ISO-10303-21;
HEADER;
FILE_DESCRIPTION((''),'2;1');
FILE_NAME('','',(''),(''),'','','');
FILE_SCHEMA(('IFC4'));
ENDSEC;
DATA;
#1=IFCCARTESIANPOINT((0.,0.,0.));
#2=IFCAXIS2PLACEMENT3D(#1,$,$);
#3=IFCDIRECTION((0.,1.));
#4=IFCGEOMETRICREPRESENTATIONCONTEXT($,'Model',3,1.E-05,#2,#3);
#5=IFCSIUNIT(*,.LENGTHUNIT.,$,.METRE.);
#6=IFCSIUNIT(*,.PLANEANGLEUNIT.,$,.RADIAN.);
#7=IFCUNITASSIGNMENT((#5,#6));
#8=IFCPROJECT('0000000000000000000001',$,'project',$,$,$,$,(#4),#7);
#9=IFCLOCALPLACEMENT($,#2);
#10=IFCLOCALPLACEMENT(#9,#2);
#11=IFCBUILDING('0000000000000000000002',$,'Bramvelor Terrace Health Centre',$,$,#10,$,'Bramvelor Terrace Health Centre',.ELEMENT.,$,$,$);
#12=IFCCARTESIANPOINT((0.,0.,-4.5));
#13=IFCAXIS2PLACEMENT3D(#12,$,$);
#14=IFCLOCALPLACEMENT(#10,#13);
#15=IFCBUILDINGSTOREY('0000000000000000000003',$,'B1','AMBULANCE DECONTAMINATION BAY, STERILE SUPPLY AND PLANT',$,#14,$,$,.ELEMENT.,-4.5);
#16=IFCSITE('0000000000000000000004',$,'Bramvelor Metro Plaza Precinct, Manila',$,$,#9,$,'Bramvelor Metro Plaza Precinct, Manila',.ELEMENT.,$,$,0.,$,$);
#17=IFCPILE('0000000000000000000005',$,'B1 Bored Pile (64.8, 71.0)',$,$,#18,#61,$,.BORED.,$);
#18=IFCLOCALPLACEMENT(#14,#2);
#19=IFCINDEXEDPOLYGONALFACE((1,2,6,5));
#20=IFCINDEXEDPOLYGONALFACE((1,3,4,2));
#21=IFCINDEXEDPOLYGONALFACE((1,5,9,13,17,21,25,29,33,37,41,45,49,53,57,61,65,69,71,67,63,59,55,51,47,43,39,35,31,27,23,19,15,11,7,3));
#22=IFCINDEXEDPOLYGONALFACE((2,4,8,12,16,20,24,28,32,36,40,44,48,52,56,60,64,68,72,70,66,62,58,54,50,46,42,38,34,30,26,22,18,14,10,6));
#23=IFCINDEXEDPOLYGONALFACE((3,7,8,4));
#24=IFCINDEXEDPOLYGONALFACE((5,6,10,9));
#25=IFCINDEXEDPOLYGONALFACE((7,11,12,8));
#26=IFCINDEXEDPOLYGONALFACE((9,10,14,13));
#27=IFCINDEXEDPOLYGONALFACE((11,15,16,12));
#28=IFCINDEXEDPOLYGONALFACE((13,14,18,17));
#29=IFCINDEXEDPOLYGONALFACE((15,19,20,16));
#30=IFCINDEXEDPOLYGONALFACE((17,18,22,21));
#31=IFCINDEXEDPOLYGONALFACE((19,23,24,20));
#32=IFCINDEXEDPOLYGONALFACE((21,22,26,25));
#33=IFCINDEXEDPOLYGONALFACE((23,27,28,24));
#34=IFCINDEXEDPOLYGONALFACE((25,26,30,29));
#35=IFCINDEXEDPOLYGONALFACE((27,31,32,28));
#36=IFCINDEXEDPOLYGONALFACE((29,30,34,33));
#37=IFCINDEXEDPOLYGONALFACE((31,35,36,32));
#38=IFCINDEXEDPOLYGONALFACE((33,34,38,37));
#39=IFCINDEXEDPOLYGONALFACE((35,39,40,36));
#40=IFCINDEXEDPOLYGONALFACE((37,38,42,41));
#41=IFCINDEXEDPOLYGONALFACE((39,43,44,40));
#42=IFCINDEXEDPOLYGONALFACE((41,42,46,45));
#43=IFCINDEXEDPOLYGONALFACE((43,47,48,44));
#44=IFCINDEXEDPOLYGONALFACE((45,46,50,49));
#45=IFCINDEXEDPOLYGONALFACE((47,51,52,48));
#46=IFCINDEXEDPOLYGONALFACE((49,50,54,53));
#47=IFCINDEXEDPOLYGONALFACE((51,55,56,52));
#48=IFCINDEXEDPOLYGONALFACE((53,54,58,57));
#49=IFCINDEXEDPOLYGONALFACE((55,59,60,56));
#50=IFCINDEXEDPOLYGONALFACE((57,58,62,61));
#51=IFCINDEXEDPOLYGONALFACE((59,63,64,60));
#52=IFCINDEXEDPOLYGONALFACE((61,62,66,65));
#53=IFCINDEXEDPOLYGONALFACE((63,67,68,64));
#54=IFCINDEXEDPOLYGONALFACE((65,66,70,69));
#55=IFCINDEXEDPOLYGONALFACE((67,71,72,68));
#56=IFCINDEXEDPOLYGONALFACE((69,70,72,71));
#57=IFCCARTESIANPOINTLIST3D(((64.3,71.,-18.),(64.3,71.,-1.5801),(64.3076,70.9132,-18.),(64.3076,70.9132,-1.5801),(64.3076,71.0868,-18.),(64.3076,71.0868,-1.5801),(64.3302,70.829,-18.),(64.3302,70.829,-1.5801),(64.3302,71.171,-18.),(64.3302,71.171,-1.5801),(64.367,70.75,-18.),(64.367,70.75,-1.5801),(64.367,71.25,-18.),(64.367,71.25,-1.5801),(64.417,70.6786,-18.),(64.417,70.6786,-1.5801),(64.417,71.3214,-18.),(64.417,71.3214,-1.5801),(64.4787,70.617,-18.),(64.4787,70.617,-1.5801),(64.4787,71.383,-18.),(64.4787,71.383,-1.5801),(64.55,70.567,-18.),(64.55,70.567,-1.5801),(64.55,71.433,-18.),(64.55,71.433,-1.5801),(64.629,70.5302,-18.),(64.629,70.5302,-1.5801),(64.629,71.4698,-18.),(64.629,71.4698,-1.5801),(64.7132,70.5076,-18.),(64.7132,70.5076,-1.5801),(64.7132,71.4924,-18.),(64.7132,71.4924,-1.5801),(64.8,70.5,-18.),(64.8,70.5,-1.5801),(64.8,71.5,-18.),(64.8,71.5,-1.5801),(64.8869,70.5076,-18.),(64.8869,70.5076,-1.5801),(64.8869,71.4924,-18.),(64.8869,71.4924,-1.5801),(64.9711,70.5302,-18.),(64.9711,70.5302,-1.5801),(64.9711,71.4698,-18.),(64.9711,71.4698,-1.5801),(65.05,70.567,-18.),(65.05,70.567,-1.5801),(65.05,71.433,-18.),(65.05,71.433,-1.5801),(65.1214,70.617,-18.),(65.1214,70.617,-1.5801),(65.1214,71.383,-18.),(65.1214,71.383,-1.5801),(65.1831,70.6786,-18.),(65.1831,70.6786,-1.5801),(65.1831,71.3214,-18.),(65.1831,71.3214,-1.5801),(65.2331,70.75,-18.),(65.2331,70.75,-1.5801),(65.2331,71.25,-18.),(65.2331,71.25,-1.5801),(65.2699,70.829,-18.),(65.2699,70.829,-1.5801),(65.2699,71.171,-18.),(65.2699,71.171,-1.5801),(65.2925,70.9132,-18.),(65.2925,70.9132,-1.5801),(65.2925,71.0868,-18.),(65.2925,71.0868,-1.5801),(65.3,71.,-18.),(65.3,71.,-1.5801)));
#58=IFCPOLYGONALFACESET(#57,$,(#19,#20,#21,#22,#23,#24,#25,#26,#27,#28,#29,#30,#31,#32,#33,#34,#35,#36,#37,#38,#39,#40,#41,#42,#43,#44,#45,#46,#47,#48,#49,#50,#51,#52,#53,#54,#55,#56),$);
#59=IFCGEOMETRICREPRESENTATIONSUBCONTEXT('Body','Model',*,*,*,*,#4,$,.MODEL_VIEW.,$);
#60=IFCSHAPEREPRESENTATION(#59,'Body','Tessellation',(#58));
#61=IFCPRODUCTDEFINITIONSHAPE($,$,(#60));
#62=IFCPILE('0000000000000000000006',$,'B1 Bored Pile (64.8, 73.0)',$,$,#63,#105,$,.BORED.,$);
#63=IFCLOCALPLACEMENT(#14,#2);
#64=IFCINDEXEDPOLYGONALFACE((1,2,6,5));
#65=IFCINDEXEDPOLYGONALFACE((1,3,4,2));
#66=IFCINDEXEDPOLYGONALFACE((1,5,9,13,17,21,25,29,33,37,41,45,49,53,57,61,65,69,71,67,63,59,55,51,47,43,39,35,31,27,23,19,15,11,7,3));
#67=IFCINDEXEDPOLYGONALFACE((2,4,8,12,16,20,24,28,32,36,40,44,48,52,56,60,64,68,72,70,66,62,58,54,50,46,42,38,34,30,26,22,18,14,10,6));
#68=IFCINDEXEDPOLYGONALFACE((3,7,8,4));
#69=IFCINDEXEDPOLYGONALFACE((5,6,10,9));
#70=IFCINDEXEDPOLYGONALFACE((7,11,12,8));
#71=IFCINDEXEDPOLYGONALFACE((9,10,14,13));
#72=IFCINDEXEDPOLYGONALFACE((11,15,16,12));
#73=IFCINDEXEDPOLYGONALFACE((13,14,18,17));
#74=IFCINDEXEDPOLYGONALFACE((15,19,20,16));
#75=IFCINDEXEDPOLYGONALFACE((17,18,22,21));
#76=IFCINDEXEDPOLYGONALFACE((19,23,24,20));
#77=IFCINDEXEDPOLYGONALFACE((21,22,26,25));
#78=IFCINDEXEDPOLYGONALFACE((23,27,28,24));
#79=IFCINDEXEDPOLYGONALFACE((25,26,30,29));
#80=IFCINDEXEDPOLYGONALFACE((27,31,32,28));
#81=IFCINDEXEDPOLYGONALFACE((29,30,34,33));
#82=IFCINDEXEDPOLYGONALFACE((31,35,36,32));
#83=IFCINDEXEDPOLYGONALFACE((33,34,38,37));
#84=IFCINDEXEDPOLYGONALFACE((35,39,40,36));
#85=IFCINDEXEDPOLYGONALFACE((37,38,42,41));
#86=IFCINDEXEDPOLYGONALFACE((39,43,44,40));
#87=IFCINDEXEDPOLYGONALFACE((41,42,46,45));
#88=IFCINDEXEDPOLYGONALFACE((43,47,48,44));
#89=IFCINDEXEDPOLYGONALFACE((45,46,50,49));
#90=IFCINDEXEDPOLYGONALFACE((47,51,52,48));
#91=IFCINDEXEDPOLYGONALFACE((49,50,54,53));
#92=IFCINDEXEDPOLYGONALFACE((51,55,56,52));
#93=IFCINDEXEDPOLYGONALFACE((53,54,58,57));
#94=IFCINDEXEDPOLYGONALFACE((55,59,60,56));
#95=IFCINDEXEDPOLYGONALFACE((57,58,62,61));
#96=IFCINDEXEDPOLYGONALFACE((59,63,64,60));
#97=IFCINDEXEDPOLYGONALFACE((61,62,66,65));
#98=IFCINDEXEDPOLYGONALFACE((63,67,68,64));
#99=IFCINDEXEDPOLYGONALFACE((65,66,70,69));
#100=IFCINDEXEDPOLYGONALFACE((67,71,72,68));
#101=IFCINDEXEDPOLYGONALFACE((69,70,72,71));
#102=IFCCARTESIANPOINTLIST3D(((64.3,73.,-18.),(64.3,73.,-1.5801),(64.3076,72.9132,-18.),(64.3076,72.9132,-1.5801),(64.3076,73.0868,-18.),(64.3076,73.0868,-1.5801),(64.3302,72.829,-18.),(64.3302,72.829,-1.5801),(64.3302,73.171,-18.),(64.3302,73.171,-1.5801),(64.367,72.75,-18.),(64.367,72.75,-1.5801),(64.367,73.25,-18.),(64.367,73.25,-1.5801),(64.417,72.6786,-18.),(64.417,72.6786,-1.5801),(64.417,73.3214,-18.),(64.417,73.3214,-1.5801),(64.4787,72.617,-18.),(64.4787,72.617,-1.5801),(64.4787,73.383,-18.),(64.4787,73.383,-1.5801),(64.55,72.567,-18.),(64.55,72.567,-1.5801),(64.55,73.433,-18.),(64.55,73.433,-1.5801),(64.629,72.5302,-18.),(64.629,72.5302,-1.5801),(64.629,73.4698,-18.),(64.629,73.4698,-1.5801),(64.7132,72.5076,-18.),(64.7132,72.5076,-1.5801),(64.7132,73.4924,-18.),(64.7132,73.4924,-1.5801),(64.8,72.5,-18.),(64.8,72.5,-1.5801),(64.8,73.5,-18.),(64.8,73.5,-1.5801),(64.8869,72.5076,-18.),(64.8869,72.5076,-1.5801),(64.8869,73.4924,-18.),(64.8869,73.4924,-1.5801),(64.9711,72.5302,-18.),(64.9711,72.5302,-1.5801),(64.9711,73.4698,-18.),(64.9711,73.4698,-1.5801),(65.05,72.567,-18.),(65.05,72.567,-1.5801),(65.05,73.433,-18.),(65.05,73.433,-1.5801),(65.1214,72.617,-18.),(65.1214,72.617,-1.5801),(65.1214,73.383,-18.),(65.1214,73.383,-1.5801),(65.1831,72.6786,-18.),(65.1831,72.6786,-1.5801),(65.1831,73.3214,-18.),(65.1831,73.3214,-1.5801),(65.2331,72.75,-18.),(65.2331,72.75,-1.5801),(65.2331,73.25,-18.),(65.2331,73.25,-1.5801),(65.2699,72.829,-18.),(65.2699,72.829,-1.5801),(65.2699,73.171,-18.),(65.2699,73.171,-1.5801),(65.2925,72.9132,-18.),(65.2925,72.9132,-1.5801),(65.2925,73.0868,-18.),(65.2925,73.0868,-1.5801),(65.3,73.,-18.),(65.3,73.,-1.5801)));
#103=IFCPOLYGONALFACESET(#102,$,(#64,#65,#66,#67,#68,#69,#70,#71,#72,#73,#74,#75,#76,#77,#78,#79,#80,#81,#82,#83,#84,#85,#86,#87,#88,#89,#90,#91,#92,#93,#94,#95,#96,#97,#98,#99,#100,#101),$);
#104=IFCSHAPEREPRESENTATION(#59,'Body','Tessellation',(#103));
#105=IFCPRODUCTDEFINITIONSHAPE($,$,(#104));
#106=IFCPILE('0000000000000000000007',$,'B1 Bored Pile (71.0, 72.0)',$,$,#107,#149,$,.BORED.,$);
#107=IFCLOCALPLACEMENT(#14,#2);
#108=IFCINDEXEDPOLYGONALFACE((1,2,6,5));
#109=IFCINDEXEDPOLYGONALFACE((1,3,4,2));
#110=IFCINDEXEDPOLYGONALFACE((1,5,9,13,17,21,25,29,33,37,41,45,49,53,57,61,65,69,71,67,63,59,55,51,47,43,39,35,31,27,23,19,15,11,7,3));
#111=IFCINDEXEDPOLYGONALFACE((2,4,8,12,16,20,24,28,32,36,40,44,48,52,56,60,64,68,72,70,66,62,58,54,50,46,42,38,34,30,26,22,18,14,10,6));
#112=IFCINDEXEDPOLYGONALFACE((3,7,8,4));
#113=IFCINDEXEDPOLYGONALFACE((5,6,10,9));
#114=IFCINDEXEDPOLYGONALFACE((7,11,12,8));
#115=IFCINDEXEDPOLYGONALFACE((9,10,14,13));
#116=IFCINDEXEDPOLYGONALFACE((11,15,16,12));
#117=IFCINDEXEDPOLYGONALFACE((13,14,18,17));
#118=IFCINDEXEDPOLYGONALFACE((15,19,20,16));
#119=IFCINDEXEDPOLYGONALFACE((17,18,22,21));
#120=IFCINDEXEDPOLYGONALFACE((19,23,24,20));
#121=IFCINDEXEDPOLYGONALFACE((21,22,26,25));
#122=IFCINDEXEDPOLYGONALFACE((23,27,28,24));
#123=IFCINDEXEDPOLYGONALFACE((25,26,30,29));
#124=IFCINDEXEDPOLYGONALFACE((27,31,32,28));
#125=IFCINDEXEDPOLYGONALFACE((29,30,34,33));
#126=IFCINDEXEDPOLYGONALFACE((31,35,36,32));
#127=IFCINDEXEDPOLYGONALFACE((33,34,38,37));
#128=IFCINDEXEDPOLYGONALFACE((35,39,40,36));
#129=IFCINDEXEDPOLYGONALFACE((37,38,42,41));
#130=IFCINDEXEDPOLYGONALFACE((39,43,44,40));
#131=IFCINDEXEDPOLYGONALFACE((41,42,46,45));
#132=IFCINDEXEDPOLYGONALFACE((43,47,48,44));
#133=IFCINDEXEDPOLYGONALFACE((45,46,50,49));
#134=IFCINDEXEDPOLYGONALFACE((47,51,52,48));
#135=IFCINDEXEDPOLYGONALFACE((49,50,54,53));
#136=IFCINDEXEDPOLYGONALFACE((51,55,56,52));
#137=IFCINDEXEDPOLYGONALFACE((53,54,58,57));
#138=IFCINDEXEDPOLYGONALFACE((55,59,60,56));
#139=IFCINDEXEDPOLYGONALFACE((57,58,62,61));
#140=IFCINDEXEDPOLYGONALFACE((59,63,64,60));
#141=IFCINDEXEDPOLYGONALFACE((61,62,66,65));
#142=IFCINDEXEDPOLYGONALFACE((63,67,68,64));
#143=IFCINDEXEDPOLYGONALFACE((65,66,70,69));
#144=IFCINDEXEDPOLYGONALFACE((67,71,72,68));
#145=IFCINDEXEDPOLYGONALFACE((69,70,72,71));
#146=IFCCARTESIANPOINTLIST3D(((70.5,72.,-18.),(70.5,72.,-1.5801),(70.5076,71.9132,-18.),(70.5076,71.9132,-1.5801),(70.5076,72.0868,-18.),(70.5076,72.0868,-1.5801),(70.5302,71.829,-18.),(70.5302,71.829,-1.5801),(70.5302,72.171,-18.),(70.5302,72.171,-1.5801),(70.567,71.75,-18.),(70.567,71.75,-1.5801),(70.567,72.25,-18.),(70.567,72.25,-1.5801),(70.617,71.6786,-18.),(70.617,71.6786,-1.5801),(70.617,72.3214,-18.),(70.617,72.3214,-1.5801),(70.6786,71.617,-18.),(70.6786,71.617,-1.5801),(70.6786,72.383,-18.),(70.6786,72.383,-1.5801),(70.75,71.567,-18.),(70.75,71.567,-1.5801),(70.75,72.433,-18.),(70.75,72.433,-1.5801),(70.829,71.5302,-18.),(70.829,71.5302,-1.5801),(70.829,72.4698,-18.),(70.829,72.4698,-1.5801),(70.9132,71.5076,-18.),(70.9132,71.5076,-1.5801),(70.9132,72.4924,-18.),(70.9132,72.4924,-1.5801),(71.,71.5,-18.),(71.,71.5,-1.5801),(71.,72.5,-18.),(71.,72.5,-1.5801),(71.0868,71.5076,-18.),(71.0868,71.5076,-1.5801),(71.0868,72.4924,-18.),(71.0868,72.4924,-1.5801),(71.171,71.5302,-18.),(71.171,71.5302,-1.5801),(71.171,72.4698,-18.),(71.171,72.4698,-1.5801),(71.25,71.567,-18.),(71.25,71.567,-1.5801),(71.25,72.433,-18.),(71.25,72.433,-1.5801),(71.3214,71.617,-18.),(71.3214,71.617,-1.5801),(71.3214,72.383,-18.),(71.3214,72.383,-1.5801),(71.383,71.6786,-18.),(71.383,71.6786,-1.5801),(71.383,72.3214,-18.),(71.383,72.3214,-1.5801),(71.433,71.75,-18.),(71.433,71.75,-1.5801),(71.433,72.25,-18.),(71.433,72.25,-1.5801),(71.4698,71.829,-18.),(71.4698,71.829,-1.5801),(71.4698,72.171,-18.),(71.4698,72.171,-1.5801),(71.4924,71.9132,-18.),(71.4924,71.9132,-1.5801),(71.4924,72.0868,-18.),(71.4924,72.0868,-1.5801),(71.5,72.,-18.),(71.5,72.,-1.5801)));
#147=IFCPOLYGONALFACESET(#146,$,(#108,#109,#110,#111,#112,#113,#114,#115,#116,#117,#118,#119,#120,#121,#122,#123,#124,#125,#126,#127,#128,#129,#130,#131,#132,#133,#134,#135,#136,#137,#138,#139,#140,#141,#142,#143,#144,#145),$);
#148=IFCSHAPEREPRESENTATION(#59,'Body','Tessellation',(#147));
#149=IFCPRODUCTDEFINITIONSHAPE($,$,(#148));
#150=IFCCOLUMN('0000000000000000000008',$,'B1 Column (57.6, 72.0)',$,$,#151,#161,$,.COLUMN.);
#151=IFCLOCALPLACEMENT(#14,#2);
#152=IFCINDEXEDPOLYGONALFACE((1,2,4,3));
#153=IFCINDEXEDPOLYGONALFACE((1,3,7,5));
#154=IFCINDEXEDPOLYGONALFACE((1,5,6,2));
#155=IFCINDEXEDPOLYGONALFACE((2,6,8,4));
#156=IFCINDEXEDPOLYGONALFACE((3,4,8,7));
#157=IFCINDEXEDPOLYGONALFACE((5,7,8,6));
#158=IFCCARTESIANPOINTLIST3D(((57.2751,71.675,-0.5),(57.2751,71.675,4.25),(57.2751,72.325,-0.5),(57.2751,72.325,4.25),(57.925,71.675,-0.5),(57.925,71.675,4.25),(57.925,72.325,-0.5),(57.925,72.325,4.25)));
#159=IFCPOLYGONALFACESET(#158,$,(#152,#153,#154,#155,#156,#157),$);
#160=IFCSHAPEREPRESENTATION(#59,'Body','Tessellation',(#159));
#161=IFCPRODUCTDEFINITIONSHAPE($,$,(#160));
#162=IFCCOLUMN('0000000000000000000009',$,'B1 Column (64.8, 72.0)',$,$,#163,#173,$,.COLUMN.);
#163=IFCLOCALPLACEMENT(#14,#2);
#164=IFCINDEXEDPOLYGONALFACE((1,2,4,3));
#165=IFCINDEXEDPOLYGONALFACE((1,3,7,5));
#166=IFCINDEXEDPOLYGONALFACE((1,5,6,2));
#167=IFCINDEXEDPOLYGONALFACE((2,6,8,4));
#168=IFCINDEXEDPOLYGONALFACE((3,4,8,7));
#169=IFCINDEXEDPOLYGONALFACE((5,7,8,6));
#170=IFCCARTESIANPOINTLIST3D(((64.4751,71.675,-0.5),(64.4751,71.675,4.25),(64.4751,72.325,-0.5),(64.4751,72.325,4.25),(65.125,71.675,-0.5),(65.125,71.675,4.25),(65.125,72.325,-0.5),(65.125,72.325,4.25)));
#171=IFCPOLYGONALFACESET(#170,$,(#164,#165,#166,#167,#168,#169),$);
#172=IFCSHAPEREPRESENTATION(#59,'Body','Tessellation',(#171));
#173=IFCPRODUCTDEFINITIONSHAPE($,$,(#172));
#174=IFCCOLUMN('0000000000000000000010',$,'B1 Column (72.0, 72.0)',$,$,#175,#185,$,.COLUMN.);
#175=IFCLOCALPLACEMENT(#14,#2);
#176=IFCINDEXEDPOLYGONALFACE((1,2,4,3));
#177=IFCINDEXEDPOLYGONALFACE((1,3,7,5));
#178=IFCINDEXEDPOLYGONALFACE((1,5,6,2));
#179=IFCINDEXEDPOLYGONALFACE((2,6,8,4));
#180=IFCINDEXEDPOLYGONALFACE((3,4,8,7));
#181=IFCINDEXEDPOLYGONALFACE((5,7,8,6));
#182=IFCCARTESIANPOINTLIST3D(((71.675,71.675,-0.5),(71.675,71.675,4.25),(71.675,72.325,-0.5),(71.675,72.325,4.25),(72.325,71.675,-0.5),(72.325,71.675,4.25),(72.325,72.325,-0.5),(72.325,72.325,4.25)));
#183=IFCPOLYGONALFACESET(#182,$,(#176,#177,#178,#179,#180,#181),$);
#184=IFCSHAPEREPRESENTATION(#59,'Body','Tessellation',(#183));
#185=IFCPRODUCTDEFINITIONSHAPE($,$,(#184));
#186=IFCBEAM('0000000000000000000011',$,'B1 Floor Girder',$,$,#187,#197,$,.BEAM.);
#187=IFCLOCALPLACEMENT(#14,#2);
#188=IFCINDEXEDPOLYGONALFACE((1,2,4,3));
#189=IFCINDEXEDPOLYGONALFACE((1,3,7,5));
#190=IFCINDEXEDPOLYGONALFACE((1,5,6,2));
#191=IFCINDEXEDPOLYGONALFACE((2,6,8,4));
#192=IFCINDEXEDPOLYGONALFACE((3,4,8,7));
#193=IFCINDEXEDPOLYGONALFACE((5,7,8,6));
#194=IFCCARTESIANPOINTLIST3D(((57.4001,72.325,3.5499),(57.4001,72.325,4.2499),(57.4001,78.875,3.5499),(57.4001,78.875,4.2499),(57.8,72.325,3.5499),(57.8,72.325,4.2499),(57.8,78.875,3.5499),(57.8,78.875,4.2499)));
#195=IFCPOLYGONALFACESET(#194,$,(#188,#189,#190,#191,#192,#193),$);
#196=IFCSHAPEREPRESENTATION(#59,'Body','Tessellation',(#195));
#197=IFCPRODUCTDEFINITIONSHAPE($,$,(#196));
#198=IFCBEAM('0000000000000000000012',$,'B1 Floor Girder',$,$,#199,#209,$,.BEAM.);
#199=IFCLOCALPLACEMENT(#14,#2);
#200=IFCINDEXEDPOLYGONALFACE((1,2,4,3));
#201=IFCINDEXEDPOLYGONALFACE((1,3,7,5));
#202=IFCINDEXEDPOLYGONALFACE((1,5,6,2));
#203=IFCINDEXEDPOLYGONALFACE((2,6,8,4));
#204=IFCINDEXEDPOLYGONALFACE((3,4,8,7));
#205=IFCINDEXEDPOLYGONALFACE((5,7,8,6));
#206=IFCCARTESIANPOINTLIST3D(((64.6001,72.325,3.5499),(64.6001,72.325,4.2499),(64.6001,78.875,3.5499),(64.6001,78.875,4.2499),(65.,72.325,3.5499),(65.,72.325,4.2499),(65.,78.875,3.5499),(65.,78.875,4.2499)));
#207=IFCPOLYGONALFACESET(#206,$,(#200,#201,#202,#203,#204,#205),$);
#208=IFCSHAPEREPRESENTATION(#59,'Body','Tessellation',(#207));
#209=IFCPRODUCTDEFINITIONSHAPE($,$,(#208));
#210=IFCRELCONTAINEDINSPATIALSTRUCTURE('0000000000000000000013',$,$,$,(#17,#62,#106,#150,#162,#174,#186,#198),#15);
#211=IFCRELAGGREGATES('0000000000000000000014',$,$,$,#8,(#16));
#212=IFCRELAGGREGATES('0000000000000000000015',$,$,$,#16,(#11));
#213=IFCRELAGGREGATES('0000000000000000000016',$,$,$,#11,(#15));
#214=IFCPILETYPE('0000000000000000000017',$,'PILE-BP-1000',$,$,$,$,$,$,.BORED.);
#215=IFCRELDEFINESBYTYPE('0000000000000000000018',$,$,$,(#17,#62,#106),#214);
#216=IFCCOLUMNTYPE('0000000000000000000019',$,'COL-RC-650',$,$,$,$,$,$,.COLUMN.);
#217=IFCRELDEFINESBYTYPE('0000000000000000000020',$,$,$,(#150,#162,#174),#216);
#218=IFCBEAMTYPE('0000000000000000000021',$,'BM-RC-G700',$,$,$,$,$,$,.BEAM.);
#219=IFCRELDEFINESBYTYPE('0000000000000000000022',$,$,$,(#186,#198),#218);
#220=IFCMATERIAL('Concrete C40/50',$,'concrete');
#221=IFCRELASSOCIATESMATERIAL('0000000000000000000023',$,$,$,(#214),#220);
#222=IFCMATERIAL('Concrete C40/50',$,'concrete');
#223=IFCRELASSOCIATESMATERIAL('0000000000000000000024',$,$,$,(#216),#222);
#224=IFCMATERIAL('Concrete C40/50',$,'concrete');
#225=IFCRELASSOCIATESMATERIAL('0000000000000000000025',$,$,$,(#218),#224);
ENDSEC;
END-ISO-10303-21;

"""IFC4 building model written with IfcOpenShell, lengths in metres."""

from ifc_helpers import new_model, si_unit, direction, frame, origin, origin_2d, place, context, subcontext, project, spatial, rectangle, circle, extrude, material, material_profile, profile_set, type_object, element, save


model = new_model("IFC4")

# Units and contexts
model_context = context("Model", 3, precision=1e-05, world=origin(), true_north=direction((0.0, 1.0)))
body_context = subcontext(model_context, "Body", "Model", "MODEL_VIEW")
ifc_project = project(units=[si_unit("LENGTHUNIT", "METRE"), si_unit("PLANEANGLEUNIT", "RADIAN")], contexts=[model_context])

# Site, building, storey
site_placement = place(None, origin())
site = spatial("IfcSite", under=ifc_project, at=site_placement, Name="Bramvelor Metro Plaza Precinct, Manila", LongName="Bramvelor Metro Plaza Precinct, Manila", CompositionType="ELEMENT", RefElevation=0.0)
building_placement = place(site_placement, origin())
building = spatial("IfcBuilding", under=site, at=building_placement, Name="Bramvelor Terrace Health Centre", LongName="Bramvelor Terrace Health Centre", CompositionType="ELEMENT")
storey_placement = place(building_placement, frame((0.0, 0.0, -4.5)))
storey = spatial("IfcBuildingStorey", under=building, at=storey_placement, Name="B1", Description="AMBULANCE DECONTAMINATION BAY, STERILE SUPPLY AND PLANT", CompositionType="ELEMENT", Elevation=-4.5)

# Piles
ifc_material_1 = material(Name="Concrete C40/50", Category="concrete")
ifc_material_profile_1 = material_profile(ifc_material_1, circle(Radius=0.5, at=origin_2d()), Name="BP D1000")
ifc_profile_set_1 = profile_set([ifc_material_profile_1], Name="Concrete C40/50")
pile_type = type_object("IfcPileType", Name="PILE-BP-1000", PredefinedType="BORED", material=ifc_profile_set_1)
for number, where, z_axis, x_axis, name in (
    (1, (64.8, 71.0, -1.5801), (0.0, 0.0, -1.0), (1.0, 0.0, 0.0), "B1 Bored Pile (64.8, 71.0)"),
    (2, (64.8, 73.0, -1.5801), (0.0, 0.0, -1.0), (1.0, 0.0, 0.0), "B1 Bored Pile (64.8, 73.0)"),
    (3, (71.0, 72.0, -1.5801), (0.0, 0.0, -1.0), (1.0, 0.0, 0.0), "B1 Bored Pile (71.0, 72.0)"),
):
    element("IfcPile", number, at=place(storey_placement, frame(where, z_axis=z_axis, x_axis=x_axis)), inside=storey, type_object=pile_type, Name=name, PredefinedType="BORED", context=body_context, shape_type="SweptSolid", body=[
        extrude(circle(Radius=0.5, at=origin_2d()), origin(), (0.0, 0.0, 1.0), 16.4199),
    ])

# Columns
ifc_material_2 = material(Name="Concrete C40/50", Category="concrete")
ifc_material_profile_2 = material_profile(ifc_material_2, rectangle(XDim=0.6499, YDim=0.6499, at=origin_2d()), Name="RC 650x650")
ifc_profile_set_2 = profile_set([ifc_material_profile_2], Name="Concrete C40/50")
column_type = type_object("IfcColumnType", Name="COL-RC-650", PredefinedType="COLUMN", material=ifc_profile_set_2)
for number, where, z_axis, x_axis, name in (
    (4, (57.6001, 72.0, -0.5), (0.0, 0.0, 1.0), (1.0, 0.0, 0.0), "B1 Column (57.6, 72.0)"),
    (5, (64.8, 72.0, -0.5), (0.0, 0.0, 1.0), (1.0, 0.0, 0.0), "B1 Column (64.8, 72.0)"),
    (6, (72.0, 72.0, -0.5), (0.0, 0.0, 1.0), (1.0, 0.0, 0.0), "B1 Column (72.0, 72.0)"),
):
    element("IfcColumn", number, at=place(storey_placement, frame(where, z_axis=z_axis, x_axis=x_axis)), inside=storey, type_object=column_type, Name=name, PredefinedType="COLUMN", context=body_context, shape_type="SweptSolid", body=[
        extrude(rectangle(XDim=0.6499, YDim=0.6499, at=origin_2d()), origin(), (0.0, 0.0, 1.0), 4.75),
    ])

# Beams
ifc_material_3 = material(Name="Concrete C40/50", Category="concrete")
ifc_material_profile_3 = material_profile(ifc_material_3, rectangle(XDim=0.3999, YDim=0.7, at=origin_2d()), Name="RC 400x700")
ifc_profile_set_3 = profile_set([ifc_material_profile_3], Name="Concrete C40/50")
beam_type_1 = type_object("IfcBeamType", Name="BM-RC-G700", PredefinedType="BEAM", material=ifc_profile_set_3)
for number, where, z_axis, x_axis, name in (
    (7, (57.6001, 72.325, 3.8999), (0.0, 1.0, 0.0), (-1.0, 0.0, 0.0), "B1 Floor Girder"),
    (8, (64.8, 72.325, 3.8999), (0.0, 1.0, 0.0), (-1.0, 0.0, 0.0), "B1 Floor Girder"),
):
    element("IfcBeam", number, at=place(storey_placement, frame(where, z_axis=z_axis, x_axis=x_axis)), inside=storey, type_object=beam_type_1, Name=name, PredefinedType="BEAM", context=body_context, shape_type="SweptSolid", body=[
        extrude(rectangle(XDim=0.3999, YDim=0.7, at=origin_2d()), origin(), (0.0, 0.0, 1.0), 6.55),
    ])

save(model, "model.ifc")
